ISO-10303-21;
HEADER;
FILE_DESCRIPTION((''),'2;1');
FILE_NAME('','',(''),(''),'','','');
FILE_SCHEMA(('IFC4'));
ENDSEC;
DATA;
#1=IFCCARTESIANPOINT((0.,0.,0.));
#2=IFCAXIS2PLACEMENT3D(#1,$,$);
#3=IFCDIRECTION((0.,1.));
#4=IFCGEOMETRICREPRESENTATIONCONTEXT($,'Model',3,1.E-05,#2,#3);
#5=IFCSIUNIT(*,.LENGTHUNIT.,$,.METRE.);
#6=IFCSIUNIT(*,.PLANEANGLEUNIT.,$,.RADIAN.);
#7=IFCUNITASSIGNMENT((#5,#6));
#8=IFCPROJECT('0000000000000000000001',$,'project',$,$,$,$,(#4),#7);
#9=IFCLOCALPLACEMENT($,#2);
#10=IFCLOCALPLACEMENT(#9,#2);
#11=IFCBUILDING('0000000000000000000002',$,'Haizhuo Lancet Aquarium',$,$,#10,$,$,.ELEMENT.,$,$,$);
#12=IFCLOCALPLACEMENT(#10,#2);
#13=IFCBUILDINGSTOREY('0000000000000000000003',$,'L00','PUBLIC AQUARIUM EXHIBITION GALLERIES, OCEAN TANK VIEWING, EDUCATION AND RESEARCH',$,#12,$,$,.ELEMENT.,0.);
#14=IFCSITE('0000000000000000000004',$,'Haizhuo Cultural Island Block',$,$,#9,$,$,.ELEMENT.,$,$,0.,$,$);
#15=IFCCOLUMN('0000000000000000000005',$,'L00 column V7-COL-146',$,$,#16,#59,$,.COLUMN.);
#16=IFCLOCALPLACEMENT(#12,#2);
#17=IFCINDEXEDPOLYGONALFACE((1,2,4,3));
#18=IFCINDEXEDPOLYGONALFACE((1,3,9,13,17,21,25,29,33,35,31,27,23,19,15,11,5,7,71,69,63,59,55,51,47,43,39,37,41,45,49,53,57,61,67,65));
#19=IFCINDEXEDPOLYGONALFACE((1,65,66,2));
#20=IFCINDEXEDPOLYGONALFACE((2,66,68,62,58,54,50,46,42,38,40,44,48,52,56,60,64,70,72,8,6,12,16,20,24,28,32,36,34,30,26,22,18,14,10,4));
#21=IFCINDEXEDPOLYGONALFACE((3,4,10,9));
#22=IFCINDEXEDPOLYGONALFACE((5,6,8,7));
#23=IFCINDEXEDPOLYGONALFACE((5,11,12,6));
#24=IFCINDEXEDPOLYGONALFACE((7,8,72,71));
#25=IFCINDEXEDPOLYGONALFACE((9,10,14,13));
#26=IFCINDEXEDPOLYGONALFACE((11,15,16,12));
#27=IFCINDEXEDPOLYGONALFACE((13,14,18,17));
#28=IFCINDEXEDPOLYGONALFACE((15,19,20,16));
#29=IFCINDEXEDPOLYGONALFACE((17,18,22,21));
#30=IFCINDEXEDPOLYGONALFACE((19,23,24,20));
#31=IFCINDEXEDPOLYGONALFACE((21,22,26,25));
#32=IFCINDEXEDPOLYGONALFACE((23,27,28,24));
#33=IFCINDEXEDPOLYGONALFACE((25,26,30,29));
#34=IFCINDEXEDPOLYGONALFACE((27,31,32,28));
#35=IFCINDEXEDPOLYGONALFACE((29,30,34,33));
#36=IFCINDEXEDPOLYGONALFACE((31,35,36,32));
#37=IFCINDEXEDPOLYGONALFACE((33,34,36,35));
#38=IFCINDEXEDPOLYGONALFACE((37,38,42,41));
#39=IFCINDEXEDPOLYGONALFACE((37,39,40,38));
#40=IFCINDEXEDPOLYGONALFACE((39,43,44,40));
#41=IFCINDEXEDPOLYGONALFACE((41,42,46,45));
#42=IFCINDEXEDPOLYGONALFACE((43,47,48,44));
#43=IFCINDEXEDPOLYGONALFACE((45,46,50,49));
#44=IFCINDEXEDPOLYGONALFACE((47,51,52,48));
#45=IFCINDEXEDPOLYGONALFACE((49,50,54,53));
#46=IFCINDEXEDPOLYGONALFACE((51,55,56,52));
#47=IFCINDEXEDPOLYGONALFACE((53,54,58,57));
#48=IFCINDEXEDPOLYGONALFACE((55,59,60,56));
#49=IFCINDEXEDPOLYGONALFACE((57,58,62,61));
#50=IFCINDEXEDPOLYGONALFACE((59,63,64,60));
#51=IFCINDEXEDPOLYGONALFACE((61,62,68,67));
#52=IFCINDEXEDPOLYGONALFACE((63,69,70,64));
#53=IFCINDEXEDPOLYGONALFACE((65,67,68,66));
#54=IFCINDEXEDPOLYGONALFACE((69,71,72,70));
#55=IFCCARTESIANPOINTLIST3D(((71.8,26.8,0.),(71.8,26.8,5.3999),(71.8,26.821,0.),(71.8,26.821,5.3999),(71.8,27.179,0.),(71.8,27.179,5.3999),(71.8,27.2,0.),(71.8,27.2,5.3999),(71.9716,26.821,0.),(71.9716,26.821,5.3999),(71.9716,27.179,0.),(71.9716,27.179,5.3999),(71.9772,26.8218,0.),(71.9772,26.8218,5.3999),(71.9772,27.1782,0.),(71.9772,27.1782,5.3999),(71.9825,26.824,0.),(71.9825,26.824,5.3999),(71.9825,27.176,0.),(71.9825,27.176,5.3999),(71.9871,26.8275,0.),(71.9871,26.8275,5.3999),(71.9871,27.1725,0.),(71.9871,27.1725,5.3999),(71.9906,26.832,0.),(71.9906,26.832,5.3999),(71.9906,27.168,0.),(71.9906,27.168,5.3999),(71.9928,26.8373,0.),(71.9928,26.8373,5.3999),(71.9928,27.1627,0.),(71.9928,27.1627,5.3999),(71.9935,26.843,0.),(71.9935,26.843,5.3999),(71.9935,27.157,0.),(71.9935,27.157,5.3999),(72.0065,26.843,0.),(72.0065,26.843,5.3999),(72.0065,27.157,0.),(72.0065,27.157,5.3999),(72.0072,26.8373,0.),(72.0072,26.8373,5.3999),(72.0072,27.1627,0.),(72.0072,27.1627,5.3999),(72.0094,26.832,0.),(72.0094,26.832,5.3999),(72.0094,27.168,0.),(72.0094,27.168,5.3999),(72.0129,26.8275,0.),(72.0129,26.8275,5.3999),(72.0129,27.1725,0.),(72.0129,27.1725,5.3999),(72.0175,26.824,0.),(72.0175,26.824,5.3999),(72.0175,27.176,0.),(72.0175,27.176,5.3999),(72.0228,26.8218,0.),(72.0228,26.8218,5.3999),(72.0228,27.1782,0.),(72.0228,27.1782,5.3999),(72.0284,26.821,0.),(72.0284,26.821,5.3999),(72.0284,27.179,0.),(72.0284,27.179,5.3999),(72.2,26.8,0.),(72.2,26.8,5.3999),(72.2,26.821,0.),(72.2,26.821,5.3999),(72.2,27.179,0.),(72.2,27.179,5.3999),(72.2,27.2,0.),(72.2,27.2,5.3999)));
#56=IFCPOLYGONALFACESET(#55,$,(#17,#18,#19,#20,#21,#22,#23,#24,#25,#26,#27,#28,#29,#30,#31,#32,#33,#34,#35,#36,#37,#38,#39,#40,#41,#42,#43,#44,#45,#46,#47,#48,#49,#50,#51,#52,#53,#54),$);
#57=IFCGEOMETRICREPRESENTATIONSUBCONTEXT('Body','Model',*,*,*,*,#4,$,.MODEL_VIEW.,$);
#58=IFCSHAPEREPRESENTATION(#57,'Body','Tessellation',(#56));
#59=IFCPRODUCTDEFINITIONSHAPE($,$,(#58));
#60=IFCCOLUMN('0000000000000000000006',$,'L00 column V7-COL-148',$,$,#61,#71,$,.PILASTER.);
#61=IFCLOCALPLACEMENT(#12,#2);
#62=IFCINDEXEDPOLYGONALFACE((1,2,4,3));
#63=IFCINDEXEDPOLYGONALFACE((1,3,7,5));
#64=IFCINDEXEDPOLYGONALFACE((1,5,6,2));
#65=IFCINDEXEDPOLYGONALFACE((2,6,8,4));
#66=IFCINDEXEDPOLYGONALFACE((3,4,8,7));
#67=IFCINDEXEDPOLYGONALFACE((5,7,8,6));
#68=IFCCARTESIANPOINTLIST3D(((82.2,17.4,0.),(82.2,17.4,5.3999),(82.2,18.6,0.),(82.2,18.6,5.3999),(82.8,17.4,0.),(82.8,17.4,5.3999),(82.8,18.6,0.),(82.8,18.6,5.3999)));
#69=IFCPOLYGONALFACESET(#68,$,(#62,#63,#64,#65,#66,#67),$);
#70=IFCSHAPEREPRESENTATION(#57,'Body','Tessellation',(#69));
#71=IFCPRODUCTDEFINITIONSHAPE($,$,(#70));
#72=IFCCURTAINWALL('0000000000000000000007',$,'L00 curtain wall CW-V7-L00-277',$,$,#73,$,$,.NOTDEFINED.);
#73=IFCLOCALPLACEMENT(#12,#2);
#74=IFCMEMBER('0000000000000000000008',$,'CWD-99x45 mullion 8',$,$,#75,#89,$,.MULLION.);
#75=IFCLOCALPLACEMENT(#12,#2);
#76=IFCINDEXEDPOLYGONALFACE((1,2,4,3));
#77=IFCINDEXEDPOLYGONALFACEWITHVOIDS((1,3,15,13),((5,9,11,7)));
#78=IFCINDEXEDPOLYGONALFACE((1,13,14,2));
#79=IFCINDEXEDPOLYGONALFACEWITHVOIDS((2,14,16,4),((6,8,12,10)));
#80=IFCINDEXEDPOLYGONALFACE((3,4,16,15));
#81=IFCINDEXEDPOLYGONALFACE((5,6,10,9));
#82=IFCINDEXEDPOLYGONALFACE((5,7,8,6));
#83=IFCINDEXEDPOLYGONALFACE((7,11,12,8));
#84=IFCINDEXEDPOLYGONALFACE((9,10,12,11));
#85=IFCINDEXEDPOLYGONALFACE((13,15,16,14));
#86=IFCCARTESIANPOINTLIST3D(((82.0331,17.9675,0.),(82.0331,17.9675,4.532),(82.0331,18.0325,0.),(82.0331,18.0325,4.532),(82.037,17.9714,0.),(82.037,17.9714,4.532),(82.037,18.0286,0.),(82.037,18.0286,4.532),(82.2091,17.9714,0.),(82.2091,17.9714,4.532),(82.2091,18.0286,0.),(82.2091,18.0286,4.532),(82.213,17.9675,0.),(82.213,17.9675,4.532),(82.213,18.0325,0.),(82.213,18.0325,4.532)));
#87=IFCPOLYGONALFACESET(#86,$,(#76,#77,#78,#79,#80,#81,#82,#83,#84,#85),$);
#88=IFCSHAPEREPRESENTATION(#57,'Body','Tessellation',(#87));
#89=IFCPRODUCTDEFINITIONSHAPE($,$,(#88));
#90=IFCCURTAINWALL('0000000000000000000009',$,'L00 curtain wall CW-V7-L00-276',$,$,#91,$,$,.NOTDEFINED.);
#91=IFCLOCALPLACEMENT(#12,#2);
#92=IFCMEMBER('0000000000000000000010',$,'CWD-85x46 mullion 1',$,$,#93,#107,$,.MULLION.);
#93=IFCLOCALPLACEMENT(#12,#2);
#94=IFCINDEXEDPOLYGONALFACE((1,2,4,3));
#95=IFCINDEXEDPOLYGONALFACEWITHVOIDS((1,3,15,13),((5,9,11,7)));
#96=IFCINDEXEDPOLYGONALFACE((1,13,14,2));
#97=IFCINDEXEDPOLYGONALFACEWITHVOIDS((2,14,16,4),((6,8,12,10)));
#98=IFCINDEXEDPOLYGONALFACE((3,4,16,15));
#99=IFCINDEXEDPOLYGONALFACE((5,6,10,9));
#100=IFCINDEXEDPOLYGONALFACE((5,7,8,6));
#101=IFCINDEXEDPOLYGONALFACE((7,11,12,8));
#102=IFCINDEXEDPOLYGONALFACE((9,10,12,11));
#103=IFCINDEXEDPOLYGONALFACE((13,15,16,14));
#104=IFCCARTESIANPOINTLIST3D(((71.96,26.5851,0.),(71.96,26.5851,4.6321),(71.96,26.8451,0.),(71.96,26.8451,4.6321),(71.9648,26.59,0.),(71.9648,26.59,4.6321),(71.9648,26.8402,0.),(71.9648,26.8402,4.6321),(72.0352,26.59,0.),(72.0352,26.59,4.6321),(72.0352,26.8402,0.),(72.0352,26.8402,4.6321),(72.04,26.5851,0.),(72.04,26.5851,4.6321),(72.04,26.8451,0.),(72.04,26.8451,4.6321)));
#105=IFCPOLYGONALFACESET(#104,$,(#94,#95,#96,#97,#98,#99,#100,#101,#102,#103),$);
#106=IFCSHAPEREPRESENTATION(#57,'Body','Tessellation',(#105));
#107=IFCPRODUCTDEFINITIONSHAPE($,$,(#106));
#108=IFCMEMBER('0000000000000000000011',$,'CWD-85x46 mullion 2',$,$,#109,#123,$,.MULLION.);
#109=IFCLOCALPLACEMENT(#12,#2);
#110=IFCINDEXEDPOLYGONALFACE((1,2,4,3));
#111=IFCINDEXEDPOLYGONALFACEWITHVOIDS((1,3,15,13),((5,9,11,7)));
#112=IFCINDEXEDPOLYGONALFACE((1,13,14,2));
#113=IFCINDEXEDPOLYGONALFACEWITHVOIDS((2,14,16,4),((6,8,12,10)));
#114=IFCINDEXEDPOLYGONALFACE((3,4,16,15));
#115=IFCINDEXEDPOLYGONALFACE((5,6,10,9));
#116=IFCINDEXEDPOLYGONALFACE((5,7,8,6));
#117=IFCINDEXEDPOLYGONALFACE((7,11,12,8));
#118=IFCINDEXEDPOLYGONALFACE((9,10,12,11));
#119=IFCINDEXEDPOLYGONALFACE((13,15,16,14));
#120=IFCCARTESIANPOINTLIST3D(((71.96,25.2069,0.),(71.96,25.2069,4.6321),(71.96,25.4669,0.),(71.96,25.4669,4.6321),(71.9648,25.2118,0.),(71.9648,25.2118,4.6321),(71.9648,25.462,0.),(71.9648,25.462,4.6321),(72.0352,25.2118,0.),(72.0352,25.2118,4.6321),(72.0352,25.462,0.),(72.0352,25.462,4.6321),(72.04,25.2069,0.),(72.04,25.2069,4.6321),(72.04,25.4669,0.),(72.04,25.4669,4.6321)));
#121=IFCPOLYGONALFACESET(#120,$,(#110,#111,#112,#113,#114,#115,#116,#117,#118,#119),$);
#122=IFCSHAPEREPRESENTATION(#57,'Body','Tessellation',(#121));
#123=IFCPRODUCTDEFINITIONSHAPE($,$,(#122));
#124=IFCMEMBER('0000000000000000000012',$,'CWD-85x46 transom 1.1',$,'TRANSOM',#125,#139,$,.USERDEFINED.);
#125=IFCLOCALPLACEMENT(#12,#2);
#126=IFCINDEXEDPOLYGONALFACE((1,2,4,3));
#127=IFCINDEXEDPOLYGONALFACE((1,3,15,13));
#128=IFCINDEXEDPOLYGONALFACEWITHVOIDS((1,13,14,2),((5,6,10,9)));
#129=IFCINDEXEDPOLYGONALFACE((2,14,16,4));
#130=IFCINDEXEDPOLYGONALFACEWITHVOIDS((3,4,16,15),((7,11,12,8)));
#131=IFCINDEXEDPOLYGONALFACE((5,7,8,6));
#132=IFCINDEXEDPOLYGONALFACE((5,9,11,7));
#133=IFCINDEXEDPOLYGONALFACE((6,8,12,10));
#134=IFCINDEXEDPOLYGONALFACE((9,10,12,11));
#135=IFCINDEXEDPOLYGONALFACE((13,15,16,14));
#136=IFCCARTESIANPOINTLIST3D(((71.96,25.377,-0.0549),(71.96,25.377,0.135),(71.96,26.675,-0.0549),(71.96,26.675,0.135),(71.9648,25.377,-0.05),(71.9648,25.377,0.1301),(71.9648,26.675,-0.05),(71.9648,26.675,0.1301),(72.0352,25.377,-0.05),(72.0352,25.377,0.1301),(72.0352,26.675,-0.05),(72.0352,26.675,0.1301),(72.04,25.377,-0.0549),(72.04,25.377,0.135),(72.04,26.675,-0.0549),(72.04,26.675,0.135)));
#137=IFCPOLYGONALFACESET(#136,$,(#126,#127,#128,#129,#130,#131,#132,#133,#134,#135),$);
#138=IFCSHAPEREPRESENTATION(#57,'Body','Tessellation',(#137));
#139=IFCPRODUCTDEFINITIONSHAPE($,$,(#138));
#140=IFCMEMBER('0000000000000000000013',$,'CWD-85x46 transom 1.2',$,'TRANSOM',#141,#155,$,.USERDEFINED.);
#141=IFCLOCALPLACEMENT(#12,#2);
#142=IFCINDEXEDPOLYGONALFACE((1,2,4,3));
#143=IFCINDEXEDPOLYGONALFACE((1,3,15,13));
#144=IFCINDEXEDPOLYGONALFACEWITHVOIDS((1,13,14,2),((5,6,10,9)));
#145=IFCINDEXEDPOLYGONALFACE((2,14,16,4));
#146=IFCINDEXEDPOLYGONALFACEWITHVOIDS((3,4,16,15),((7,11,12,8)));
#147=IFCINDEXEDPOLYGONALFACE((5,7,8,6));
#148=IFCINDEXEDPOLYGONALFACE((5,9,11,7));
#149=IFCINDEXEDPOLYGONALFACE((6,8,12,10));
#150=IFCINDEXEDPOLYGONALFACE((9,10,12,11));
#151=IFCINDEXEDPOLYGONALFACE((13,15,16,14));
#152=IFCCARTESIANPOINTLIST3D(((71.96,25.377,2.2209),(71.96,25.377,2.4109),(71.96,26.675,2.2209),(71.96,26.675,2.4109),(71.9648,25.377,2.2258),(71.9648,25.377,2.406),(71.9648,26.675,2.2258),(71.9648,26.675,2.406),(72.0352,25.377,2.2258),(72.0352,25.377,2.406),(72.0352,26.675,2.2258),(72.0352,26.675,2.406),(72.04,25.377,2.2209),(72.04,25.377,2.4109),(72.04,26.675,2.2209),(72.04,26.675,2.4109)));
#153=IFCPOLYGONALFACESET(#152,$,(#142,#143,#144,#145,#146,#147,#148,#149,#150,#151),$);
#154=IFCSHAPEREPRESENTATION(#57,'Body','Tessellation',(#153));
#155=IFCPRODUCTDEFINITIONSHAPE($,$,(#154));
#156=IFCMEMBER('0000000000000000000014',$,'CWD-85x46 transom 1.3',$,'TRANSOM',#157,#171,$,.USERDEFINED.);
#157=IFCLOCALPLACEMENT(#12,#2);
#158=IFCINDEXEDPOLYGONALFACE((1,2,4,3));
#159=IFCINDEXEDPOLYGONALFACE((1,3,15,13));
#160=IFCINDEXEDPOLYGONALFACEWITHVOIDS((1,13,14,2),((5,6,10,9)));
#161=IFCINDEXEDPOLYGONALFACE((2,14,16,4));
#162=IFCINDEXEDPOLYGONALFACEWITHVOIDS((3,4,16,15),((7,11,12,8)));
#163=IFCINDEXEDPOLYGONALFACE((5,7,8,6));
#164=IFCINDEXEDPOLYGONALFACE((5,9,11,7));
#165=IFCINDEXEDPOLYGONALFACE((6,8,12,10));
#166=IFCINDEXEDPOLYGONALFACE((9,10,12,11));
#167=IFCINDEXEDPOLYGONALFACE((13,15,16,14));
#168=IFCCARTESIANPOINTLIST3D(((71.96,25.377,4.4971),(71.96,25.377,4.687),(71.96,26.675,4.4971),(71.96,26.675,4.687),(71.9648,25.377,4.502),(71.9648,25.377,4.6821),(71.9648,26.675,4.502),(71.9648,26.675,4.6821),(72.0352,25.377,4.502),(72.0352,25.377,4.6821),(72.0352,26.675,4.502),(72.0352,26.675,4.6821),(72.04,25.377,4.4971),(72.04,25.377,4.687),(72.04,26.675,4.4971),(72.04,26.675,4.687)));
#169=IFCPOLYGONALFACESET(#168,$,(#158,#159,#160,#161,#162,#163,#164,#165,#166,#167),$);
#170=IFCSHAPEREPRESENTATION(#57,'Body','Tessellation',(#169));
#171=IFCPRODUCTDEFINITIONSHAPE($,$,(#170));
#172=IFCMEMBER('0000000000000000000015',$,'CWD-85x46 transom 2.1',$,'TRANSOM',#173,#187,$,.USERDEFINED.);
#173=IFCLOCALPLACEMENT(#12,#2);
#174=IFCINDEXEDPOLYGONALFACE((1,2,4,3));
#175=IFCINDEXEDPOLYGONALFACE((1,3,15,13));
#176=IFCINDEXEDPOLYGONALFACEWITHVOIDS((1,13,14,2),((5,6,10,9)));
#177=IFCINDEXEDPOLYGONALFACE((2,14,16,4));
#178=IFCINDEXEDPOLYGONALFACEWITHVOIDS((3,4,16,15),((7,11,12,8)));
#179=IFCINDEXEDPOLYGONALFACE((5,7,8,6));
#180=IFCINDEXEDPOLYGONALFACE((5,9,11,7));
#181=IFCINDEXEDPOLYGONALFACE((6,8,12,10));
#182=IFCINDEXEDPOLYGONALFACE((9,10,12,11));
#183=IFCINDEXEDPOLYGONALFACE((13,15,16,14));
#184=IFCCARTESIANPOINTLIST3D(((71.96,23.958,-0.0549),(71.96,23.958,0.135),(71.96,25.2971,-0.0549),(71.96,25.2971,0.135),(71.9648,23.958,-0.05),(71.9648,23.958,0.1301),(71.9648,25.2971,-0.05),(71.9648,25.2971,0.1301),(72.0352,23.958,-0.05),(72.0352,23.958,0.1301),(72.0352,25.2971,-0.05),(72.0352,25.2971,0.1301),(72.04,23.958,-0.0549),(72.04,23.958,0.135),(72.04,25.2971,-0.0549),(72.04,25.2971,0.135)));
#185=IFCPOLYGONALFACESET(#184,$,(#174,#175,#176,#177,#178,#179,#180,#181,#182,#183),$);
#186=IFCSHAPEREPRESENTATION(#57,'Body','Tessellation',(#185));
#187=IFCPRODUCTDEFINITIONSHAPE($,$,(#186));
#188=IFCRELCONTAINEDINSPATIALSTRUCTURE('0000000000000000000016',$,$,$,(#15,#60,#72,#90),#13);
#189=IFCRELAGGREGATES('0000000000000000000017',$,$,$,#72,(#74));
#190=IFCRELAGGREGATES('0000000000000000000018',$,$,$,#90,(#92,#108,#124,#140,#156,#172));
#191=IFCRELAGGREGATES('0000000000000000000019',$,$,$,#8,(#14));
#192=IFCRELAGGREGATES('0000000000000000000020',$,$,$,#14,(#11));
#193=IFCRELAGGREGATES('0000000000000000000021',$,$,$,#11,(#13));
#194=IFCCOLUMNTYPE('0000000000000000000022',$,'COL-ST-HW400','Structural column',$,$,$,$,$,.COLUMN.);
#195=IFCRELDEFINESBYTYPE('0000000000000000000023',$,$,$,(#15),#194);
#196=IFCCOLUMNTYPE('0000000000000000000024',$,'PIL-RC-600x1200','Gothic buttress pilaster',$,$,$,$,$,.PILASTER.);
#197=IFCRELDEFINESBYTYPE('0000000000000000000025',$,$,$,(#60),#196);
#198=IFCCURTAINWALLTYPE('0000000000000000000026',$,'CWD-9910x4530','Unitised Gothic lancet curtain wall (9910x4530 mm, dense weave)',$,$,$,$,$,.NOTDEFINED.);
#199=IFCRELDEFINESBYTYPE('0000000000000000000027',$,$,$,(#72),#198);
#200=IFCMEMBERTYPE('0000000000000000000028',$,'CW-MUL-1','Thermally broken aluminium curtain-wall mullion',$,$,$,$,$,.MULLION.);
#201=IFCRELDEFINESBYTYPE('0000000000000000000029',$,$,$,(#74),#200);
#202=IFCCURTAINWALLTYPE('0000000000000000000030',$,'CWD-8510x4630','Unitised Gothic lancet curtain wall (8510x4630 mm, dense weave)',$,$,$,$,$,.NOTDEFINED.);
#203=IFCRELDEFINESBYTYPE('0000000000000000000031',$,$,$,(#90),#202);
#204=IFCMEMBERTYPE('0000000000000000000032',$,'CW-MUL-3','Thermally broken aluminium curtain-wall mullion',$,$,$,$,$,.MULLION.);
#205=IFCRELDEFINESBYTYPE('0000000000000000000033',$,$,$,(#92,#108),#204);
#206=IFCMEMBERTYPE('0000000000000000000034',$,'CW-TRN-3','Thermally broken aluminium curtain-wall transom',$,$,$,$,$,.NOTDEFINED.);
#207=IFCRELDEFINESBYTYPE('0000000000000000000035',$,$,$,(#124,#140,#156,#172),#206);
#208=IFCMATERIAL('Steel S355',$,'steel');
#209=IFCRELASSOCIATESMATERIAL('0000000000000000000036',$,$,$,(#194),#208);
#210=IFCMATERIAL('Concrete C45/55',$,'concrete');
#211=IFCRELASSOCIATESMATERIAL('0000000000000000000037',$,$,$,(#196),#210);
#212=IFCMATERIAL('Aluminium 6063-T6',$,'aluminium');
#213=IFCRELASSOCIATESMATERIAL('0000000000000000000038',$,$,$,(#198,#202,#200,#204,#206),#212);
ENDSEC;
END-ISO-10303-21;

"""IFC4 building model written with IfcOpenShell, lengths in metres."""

from ifc_helpers import new_model, si_unit, direction, frame, origin, origin_2d, place, context, subcontext, project, spatial, rectangle, hollow_rectangle, i_section, extrude, material, material_profile, profile_set, type_object, element, aggregate, save


model = new_model("IFC4")

# Units and contexts
model_context = context("Model", 3, precision=1e-05, world=origin(), true_north=direction((0.0, 1.0)))
body_context = subcontext(model_context, "Body", "Model", "MODEL_VIEW")
ifc_project = project(units=[si_unit("LENGTHUNIT", "METRE"), si_unit("PLANEANGLEUNIT", "RADIAN")], contexts=[model_context])

# Site, building, storey
site_placement = place(None, origin())
site = spatial("IfcSite", under=ifc_project, at=site_placement, Name="Haizhuo Cultural Island Block", CompositionType="ELEMENT", RefElevation=0.0)
building_placement = place(site_placement, origin())
building = spatial("IfcBuilding", under=site, at=building_placement, Name="Haizhuo Lancet Aquarium", CompositionType="ELEMENT")
storey_placement = place(building_placement, origin())
storey = spatial("IfcBuildingStorey", under=building, at=storey_placement, Name="L00", Description="PUBLIC AQUARIUM EXHIBITION GALLERIES, OCEAN TANK VIEWING, EDUCATION AND RESEARCH", CompositionType="ELEMENT", Elevation=0.0)

# Columns
ifc_material_1 = material(Name="Steel S355", Category="steel")
ifc_material_profile_1 = material_profile(ifc_material_1, i_section(OverallWidth=0.3999, OverallDepth=0.3999, WebThickness=0.0129, FlangeThickness=0.021, FilletRadius=0.022, at=origin_2d()), Name="HW 400x400x13x21")
ifc_profile_set_1 = profile_set([ifc_material_profile_1], Name="Steel S355")
column_type_1 = type_object("IfcColumnType", Name="COL-ST-HW400", Description="Structural column", PredefinedType="COLUMN", material=ifc_profile_set_1)
column_1_placement = place(storey_placement, frame((72.0, 27.0, 0.0), z_axis=(0.0, 0.0, 1.0), x_axis=(1.0, 0.0, 0.0)))
element("IfcColumn", 1, at=column_1_placement, inside=storey, type_object=column_type_1, Name="L00 column V7-COL-146", PredefinedType="COLUMN", context=body_context, shape_type="SweptSolid", body=[
    extrude(i_section(OverallWidth=0.3999, OverallDepth=0.3999, WebThickness=0.0129, FlangeThickness=0.021, FilletRadius=0.022, at=origin_2d()), origin(), (0.0, 0.0, 1.0), 5.3999),
])
ifc_material_2 = material(Name="Concrete C45/55", Category="concrete")
ifc_material_profile_2 = material_profile(ifc_material_2, rectangle(XDim=0.6001, YDim=1.2, at=origin_2d()), Name="RC-PIL 600x1200")
ifc_profile_set_2 = profile_set([ifc_material_profile_2], Name="Concrete C45/55")
column_type_2 = type_object("IfcColumnType", Name="PIL-RC-600x1200", Description="Gothic buttress pilaster", PredefinedType="PILASTER", material=ifc_profile_set_2)
column_2_placement = place(storey_placement, frame((82.5, 18.0, 0.0), z_axis=(0.0, 0.0, 1.0), x_axis=(1.0, 0.0, 0.0)))
element("IfcColumn", 2, at=column_2_placement, inside=storey, type_object=column_type_2, Name="L00 column V7-COL-148", PredefinedType="PILASTER", context=body_context, shape_type="SweptSolid", body=[
    extrude(rectangle(XDim=0.6001, YDim=1.2, at=origin_2d()), origin(), (0.0, 0.0, 1.0), 5.3999),
])

# Curtain wall, member
ifc_material_3 = material(Name="Aluminium 6063-T6", Category="aluminium")
curtain_wall_type_1 = type_object("IfcCurtainWallType", Name="CWD-9910x4530", Description="Unitised Gothic lancet curtain wall (9910x4530 mm, dense weave)", PredefinedType="NOTDEFINED", material=ifc_material_3)
curtain_wall_1_placement = place(storey_placement, origin())
curtain_wall_1 = element("IfcCurtainWall", 3, at=curtain_wall_1_placement, inside=storey, type_object=curtain_wall_type_1, Name="L00 curtain wall CW-V7-L00-277", PredefinedType="NOTDEFINED")
ifc_material_profile_3 = material_profile(ifc_material_3, hollow_rectangle(XDim=0.0649, YDim=0.1799, WallThickness=0.0039, at=origin_2d()), Name="ALU-M 65x180x4")
ifc_profile_set_3 = profile_set([ifc_material_profile_3], Name="Aluminium 6063-T6")
member_type_1 = type_object("IfcMemberType", Name="CW-MUL-1", Description="Thermally broken aluminium curtain-wall mullion", PredefinedType="MULLION", material=ifc_profile_set_3)
member_1_placement = place(storey_placement, frame((82.123, 18.0, 0.0), z_axis=(0.0, 0.0, 1.0), x_axis=(0.0, 1.0, 0.0)))
member_1 = element("IfcMember", 4, at=member_1_placement, type_object=member_type_1, Name="CWD-99x45 mullion 8", PredefinedType="MULLION", context=body_context, shape_type="SweptSolid", body=[
    extrude(hollow_rectangle(XDim=0.0649, YDim=0.1799, WallThickness=0.0039, at=origin_2d()), origin(), (0.0, 0.0, 1.0), 4.532),
])

# Curtain wall, members
curtain_wall_type_2 = type_object("IfcCurtainWallType", Name="CWD-8510x4630", Description="Unitised Gothic lancet curtain wall (8510x4630 mm, dense weave)", PredefinedType="NOTDEFINED", material=ifc_material_3)
curtain_wall_2_placement = place(storey_placement, origin())
curtain_wall_2 = element("IfcCurtainWall", 5, at=curtain_wall_2_placement, inside=storey, type_object=curtain_wall_type_2, Name="L00 curtain wall CW-V7-L00-276", PredefinedType="NOTDEFINED")
ifc_material_profile_4 = material_profile(ifc_material_3, hollow_rectangle(XDim=0.0801, YDim=0.26, WallThickness=0.0049, at=origin_2d()), Name="ALU-M 80x260x5")
ifc_profile_set_4 = profile_set([ifc_material_profile_4], Name="Aluminium 6063-T6")
member_type_2 = type_object("IfcMemberType", Name="CW-MUL-3", Description="Thermally broken aluminium curtain-wall mullion", PredefinedType="MULLION", material=ifc_profile_set_4)
member_2_placement = place(storey_placement, frame((72.0, 26.7151, 0.0), z_axis=(0.0, 0.0, 1.0), x_axis=(1.0, 0.0, 0.0)))
member_2 = element("IfcMember", 6, at=member_2_placement, type_object=member_type_2, Name="CWD-85x46 mullion 1", PredefinedType="MULLION", context=body_context, shape_type="SweptSolid", body=[
    extrude(hollow_rectangle(XDim=0.0801, YDim=0.26, WallThickness=0.0049, at=origin_2d()), origin(), (0.0, 0.0, 1.0), 4.6321),
])
member_3_placement = place(storey_placement, frame((72.0, 25.3369, 0.0), z_axis=(0.0, 0.0, 1.0), x_axis=(1.0, 0.0, 0.0)))
member_3 = element("IfcMember", 7, at=member_3_placement, type_object=member_type_2, Name="CWD-85x46 mullion 2", PredefinedType="MULLION", context=body_context, shape_type="SweptSolid", body=[
    extrude(hollow_rectangle(XDim=0.0801, YDim=0.26, WallThickness=0.0049, at=origin_2d()), origin(), (0.0, 0.0, 1.0), 4.6321),
])
ifc_material_profile_5 = material_profile(ifc_material_3, hollow_rectangle(XDim=0.0801, YDim=0.1899, WallThickness=0.0049, at=origin_2d()), Name="ALU-T 80x190x5")
ifc_profile_set_5 = profile_set([ifc_material_profile_5], Name="Aluminium 6063-T6")
member_type_3 = type_object("IfcMemberType", Name="CW-TRN-3", Description="Thermally broken aluminium curtain-wall transom", PredefinedType="NOTDEFINED", material=ifc_profile_set_5)
member_4_placement = place(storey_placement, frame((72.0, 26.675, 0.04), z_axis=(0.0, -1.0, 0.0), x_axis=(1.0, 0.0, 0.0)))
member_4 = element("IfcMember", 8, at=member_4_placement, type_object=member_type_3, Name="CWD-85x46 transom 1.1", ObjectType="TRANSOM", PredefinedType="USERDEFINED", context=body_context, shape_type="SweptSolid", body=[
    extrude(hollow_rectangle(XDim=0.0801, YDim=0.1899, WallThickness=0.0049, at=origin_2d()), origin(), (0.0, 0.0, 1.0), 1.2981),
])
member_5_placement = place(storey_placement, frame((72.0, 26.675, 2.3159), z_axis=(0.0, -1.0, 0.0), x_axis=(1.0, 0.0, 0.0)))
member_5 = element("IfcMember", 9, at=member_5_placement, type_object=member_type_3, Name="CWD-85x46 transom 1.2", ObjectType="TRANSOM", PredefinedType="USERDEFINED", context=body_context, shape_type="SweptSolid", body=[
    extrude(hollow_rectangle(XDim=0.0801, YDim=0.1899, WallThickness=0.0049, at=origin_2d()), origin(), (0.0, 0.0, 1.0), 1.2981),
])
member_6_placement = place(storey_placement, frame((72.0, 26.675, 4.592), z_axis=(0.0, -1.0, 0.0), x_axis=(1.0, 0.0, 0.0)))
member_6 = element("IfcMember", 10, at=member_6_placement, type_object=member_type_3, Name="CWD-85x46 transom 1.3", ObjectType="TRANSOM", PredefinedType="USERDEFINED", context=body_context, shape_type="SweptSolid", body=[
    extrude(hollow_rectangle(XDim=0.0801, YDim=0.1899, WallThickness=0.0049, at=origin_2d()), origin(), (0.0, 0.0, 1.0), 1.2981),
])
member_7_placement = place(storey_placement, frame((72.0, 25.2971, 0.04), z_axis=(0.0, -1.0, 0.0), x_axis=(1.0, 0.0, 0.0)))
member_7 = element("IfcMember", 11, at=member_7_placement, type_object=member_type_3, Name="CWD-85x46 transom 2.1", ObjectType="TRANSOM", PredefinedType="USERDEFINED", context=body_context, shape_type="SweptSolid", body=[
    extrude(hollow_rectangle(XDim=0.0801, YDim=0.1899, WallThickness=0.0049, at=origin_2d()), origin(), (0.0, 0.0, 1.0), 1.3391),
])

aggregate(curtain_wall_1, [member_1])
aggregate(curtain_wall_2, [member_2, member_3, member_4, member_5, member_6, member_7])

save(model, "model.ifc")
